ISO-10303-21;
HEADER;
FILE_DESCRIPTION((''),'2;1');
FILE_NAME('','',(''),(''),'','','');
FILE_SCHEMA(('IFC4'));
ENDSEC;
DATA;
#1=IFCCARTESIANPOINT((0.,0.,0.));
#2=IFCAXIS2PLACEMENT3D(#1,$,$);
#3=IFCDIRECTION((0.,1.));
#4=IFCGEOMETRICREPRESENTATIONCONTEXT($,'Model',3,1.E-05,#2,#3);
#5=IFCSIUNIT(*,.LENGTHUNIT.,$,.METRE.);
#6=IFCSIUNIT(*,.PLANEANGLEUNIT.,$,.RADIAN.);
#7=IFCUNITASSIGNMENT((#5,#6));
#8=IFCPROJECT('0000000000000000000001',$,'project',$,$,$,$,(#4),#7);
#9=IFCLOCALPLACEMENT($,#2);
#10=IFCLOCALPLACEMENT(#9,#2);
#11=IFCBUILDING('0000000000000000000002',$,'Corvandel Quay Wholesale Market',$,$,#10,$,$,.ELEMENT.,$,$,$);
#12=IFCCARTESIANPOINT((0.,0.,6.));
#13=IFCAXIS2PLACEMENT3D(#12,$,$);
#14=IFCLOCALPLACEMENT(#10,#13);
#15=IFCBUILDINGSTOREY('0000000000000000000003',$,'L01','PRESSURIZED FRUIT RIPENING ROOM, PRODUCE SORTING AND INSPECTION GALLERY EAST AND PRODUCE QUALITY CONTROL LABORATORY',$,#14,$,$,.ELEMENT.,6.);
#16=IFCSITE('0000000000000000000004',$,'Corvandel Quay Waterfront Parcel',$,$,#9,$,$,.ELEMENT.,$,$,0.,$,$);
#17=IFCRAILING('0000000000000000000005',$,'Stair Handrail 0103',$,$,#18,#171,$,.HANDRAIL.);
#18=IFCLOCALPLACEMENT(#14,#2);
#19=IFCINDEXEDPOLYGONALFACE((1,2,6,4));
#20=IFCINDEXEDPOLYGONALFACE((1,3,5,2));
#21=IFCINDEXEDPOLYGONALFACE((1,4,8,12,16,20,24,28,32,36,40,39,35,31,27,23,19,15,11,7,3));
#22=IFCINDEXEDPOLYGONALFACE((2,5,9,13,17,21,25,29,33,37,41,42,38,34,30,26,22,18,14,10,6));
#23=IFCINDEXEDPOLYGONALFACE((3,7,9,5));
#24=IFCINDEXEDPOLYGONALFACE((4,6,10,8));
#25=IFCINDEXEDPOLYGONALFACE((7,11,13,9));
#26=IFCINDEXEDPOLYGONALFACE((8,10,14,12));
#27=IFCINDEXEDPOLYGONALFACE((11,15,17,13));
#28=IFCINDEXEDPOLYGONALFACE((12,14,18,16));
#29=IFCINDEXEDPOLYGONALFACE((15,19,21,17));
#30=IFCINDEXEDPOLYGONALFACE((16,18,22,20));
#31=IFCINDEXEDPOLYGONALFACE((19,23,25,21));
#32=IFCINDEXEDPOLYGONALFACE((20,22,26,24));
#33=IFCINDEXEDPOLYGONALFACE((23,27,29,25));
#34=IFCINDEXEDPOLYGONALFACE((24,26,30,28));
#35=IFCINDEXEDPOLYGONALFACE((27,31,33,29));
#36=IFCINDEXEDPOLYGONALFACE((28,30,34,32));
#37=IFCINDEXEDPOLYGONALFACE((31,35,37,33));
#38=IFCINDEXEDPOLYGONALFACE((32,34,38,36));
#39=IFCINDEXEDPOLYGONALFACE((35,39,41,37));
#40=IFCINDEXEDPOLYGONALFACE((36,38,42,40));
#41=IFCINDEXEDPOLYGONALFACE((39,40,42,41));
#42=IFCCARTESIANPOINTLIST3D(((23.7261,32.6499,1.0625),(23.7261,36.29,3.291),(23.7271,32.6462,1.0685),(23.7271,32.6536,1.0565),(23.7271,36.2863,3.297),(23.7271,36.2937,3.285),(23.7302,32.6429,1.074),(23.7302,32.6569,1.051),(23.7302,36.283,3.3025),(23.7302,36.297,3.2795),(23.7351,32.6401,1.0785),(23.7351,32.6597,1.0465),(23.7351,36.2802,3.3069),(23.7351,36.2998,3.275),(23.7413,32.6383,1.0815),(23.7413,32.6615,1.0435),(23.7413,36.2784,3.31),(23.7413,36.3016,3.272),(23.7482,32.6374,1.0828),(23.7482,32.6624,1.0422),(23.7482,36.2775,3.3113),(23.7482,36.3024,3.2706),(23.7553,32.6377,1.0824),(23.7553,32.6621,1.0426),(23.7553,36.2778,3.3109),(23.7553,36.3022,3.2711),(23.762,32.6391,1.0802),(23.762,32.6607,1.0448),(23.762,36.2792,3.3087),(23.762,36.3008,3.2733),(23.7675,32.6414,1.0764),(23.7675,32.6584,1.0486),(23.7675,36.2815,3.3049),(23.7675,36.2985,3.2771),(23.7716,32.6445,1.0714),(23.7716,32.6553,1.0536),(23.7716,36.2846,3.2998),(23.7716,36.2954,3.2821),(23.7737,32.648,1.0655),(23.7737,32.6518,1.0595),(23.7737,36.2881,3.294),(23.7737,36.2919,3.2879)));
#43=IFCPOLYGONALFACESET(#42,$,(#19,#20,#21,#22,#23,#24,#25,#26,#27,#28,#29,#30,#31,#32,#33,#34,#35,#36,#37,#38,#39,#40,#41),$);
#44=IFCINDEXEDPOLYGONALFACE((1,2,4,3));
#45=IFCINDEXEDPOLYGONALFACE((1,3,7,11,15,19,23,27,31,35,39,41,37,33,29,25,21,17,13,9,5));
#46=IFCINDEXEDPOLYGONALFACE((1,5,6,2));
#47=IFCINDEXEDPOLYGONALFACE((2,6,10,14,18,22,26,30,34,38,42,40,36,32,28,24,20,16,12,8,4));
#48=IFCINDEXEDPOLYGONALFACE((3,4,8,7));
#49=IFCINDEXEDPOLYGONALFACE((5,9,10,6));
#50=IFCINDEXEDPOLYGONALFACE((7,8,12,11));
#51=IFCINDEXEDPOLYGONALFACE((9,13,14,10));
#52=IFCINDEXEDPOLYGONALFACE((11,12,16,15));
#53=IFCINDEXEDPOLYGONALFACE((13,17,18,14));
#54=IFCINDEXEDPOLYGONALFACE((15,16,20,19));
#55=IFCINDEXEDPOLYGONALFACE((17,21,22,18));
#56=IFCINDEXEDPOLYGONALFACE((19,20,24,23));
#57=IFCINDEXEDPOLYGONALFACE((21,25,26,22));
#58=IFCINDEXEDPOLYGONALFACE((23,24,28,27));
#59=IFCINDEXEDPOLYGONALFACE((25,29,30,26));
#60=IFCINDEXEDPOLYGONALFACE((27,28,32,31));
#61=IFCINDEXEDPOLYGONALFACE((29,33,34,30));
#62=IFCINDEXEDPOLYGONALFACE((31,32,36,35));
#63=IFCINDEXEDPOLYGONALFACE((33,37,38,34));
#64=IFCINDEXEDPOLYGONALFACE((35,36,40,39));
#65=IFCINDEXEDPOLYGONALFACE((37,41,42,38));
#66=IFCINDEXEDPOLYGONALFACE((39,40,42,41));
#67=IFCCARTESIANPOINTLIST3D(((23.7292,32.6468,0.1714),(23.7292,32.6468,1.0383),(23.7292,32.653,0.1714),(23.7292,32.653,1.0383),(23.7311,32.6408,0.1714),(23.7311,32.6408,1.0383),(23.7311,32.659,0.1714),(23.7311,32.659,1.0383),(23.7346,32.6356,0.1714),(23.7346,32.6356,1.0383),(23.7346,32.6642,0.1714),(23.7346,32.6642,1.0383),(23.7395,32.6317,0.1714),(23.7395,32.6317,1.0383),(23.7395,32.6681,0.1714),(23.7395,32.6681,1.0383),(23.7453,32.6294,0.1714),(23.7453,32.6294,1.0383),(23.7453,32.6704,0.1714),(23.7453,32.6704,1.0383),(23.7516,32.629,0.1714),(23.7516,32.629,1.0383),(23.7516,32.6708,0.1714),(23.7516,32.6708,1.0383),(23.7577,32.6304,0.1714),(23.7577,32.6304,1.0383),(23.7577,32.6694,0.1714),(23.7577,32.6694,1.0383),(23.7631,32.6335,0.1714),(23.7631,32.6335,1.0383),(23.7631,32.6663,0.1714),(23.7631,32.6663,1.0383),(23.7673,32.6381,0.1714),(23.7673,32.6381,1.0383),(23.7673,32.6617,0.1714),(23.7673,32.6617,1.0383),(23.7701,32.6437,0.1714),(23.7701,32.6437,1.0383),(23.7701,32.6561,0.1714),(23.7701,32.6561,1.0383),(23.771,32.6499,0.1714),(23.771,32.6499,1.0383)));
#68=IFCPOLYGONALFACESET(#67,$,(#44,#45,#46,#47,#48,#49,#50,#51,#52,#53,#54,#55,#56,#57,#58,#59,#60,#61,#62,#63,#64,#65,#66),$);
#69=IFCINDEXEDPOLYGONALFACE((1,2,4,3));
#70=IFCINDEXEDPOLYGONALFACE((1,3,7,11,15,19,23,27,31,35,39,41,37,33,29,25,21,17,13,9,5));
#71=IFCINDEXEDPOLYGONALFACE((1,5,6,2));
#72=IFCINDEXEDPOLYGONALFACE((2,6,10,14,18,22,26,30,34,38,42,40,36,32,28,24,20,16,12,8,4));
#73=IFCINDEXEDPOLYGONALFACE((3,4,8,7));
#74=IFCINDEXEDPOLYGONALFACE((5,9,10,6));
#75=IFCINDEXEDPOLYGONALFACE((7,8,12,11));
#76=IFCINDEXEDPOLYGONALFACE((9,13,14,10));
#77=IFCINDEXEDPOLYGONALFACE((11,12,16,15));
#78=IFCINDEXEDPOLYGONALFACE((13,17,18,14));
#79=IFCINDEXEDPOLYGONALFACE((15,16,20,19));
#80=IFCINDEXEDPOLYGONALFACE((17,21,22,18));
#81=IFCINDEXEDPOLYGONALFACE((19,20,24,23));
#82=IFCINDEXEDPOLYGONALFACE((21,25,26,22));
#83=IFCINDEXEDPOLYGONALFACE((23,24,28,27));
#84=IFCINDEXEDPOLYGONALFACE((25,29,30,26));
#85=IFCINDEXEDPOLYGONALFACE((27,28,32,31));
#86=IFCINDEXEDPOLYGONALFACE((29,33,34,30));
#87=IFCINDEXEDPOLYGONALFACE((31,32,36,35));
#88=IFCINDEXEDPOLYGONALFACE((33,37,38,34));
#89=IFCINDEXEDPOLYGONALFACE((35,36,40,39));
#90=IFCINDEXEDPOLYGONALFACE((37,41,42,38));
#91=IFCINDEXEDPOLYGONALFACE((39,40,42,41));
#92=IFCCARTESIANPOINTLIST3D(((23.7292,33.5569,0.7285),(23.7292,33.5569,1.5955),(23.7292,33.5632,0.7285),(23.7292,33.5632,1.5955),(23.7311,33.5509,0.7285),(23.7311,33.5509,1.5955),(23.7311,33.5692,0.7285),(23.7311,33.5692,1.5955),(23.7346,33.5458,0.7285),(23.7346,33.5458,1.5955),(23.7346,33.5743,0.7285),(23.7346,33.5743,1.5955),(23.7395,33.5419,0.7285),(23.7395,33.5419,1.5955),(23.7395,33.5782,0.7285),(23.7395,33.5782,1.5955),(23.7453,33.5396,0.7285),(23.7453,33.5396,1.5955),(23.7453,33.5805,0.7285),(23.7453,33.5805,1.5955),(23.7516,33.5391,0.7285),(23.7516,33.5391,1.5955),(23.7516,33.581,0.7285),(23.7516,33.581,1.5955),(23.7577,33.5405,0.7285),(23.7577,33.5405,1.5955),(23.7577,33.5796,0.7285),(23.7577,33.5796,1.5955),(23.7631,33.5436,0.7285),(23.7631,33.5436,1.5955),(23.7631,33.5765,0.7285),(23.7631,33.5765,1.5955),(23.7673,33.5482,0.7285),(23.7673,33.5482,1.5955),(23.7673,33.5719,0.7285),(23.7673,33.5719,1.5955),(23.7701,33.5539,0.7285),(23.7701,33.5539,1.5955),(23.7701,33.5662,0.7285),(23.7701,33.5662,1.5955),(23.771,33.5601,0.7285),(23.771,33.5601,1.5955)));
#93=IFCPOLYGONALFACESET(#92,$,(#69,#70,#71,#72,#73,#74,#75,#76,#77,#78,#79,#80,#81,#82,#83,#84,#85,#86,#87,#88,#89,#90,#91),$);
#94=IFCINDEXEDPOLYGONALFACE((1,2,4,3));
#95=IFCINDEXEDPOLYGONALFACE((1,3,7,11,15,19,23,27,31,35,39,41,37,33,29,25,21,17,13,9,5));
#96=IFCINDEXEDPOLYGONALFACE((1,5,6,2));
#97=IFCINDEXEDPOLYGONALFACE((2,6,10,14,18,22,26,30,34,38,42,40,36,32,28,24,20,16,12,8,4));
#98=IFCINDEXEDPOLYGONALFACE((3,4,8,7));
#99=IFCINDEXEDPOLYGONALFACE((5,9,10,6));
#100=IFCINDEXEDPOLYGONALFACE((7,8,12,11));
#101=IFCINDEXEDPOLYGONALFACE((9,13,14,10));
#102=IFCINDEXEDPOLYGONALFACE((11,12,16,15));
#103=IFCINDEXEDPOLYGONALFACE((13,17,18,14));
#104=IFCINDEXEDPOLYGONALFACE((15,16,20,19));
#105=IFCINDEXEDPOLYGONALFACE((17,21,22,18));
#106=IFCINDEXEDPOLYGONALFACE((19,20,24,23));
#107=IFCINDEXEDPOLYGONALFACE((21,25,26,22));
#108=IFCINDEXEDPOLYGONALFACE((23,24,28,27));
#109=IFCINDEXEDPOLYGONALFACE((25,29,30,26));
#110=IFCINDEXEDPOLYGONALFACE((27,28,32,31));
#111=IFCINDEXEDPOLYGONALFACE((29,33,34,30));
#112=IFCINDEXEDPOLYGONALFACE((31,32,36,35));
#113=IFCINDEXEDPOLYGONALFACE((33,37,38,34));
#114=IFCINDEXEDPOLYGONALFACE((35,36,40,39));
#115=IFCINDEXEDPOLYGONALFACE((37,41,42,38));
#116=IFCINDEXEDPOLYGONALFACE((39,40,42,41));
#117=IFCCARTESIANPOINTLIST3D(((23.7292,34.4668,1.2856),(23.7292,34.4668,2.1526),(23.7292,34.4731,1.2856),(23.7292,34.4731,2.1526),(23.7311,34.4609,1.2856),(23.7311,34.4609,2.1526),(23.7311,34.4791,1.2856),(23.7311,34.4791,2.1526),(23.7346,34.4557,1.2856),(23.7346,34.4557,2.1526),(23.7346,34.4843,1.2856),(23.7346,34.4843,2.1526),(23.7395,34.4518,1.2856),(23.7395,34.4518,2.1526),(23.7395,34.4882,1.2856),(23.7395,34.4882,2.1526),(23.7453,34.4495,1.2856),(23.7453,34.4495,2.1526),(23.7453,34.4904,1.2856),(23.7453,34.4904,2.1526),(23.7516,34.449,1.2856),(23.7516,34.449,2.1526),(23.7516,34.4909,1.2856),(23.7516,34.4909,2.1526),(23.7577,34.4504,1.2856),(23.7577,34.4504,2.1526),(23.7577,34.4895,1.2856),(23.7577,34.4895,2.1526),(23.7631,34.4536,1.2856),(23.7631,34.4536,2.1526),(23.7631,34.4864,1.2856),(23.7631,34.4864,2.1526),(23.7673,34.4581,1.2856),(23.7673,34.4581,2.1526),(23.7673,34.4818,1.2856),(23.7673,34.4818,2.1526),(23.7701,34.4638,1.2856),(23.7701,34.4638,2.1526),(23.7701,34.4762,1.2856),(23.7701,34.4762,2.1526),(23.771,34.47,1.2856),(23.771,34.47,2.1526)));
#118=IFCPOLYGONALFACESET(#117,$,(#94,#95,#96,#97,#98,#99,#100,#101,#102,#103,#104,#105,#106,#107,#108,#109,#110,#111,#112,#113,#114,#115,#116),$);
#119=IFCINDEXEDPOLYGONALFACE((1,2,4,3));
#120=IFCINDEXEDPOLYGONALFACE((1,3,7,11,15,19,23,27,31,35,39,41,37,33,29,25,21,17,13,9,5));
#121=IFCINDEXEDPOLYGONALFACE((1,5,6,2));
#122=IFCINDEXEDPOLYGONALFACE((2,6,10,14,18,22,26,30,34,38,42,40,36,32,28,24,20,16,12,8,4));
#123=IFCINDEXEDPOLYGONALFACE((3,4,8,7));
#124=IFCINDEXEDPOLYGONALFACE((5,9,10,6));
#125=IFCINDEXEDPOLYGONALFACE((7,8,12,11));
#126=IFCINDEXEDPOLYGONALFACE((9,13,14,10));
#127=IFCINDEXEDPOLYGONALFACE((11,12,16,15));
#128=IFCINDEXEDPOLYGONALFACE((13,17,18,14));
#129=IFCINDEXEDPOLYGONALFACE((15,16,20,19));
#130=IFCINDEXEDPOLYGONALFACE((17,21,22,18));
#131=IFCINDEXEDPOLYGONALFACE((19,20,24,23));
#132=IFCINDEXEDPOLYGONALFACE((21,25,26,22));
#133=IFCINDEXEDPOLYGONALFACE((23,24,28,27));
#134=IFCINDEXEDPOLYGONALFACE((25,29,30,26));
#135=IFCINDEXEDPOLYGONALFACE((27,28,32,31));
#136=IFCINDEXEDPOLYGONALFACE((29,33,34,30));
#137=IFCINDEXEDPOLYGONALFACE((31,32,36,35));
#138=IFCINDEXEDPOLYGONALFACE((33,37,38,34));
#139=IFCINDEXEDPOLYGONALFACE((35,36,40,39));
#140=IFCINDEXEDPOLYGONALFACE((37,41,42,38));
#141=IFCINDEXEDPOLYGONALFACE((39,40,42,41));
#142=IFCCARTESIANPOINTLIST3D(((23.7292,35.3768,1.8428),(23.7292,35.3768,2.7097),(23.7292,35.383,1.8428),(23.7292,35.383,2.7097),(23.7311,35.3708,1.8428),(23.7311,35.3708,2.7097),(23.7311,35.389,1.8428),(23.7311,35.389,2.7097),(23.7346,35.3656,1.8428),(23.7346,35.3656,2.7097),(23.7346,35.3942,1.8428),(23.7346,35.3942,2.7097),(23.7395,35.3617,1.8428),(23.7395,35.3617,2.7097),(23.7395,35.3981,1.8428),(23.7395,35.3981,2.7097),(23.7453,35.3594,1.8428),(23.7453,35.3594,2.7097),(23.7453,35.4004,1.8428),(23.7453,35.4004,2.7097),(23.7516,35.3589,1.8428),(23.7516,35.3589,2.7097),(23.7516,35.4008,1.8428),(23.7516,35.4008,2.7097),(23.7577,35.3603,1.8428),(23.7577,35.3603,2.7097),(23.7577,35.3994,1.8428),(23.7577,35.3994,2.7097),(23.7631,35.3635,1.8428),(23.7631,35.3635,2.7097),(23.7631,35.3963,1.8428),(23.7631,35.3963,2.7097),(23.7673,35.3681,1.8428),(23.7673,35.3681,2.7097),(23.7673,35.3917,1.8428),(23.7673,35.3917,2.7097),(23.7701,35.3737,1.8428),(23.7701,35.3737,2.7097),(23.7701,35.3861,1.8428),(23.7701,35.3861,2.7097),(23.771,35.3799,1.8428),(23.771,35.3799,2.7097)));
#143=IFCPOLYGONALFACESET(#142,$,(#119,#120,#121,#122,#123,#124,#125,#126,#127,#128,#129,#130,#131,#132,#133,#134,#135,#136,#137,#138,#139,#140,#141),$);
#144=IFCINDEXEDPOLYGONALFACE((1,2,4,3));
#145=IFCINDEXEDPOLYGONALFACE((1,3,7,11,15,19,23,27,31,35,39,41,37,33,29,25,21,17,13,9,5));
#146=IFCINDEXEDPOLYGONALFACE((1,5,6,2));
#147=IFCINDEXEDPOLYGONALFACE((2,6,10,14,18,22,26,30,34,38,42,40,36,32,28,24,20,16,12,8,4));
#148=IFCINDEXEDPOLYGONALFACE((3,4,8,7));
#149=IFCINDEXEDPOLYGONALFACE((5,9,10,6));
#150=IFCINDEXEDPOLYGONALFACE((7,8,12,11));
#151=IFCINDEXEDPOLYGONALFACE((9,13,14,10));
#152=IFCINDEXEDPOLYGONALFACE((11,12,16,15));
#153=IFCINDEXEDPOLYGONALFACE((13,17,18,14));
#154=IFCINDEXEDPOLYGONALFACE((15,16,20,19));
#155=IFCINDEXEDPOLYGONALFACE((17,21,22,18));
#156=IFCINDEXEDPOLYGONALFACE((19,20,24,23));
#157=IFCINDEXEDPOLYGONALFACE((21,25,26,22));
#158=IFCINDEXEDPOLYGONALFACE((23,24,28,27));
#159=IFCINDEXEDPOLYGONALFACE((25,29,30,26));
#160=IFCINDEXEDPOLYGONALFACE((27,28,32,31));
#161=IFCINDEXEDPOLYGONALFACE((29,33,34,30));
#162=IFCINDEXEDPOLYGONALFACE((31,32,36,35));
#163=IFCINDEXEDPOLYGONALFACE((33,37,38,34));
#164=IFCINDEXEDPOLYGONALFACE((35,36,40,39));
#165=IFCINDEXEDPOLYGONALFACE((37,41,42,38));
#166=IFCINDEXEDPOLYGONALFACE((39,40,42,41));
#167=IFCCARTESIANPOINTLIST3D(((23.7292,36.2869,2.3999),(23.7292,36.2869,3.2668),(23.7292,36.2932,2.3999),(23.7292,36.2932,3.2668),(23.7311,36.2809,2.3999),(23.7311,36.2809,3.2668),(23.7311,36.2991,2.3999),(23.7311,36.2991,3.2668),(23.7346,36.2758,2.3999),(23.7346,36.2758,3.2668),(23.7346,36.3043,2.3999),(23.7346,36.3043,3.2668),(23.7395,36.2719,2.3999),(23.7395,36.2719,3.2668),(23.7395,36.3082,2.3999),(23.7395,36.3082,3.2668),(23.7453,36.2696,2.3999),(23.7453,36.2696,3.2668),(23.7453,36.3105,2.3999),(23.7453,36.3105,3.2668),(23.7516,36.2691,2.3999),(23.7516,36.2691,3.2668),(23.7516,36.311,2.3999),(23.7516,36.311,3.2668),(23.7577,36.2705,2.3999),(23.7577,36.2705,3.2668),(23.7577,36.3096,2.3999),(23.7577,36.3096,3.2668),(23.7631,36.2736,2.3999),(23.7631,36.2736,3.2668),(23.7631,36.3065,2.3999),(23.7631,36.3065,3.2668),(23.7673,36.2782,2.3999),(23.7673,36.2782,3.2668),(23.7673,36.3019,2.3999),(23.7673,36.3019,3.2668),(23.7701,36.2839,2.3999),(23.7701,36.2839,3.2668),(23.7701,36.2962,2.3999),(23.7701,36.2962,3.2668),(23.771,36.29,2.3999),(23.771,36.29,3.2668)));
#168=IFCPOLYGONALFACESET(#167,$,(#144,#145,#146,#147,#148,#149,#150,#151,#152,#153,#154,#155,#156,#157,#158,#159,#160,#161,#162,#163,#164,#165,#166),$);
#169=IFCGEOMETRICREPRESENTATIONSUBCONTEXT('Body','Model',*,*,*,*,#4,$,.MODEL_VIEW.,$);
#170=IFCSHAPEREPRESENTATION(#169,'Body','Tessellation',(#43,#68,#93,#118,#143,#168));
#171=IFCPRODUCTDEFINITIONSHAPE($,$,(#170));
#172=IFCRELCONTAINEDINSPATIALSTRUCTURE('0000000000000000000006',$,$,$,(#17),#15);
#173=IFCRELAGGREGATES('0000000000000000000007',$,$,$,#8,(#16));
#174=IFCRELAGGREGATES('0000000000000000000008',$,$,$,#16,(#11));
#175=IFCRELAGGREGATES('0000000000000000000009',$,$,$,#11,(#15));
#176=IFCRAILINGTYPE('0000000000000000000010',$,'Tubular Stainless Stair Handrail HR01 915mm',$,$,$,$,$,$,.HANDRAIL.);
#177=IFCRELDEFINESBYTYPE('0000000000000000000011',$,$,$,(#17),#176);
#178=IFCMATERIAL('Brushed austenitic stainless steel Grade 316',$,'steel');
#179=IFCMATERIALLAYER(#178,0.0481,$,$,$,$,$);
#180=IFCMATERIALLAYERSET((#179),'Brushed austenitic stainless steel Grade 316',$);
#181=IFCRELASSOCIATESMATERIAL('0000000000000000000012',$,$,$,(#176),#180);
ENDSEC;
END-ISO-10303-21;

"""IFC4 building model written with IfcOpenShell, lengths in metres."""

from ifc_helpers import new_model, si_unit, direction, frame, origin, origin_2d, place, context, subcontext, project, spatial, circle, extrude, material, layer, layer_set, type_object, element, save


model = new_model("IFC4")

# Units and contexts
model_context = context("Model", 3, precision=1e-05, world=origin(), true_north=direction((0.0, 1.0)))
body_context = subcontext(model_context, "Body", "Model", "MODEL_VIEW")
ifc_project = project(units=[si_unit("LENGTHUNIT", "METRE"), si_unit("PLANEANGLEUNIT", "RADIAN")], contexts=[model_context])

# Site, building, storey
site_placement = place(None, origin())
site = spatial("IfcSite", under=ifc_project, at=site_placement, Name="Corvandel Quay Waterfront Parcel", CompositionType="ELEMENT", RefElevation=0.0)
building_placement = place(site_placement, origin())
building = spatial("IfcBuilding", under=site, at=building_placement, Name="Corvandel Quay Wholesale Market", CompositionType="ELEMENT")
storey_placement = place(building_placement, frame((0.0, 0.0, 6.0)))
storey = spatial("IfcBuildingStorey", under=building, at=storey_placement, Name="L01", Description="PRESSURIZED FRUIT RIPENING ROOM, PRODUCE SORTING AND INSPECTION GALLERY EAST AND PRODUCE QUALITY CONTROL LABORATORY", CompositionType="ELEMENT", Elevation=6.0)

# Railing
ifc_material_1 = material(Name="Brushed austenitic stainless steel Grade 316", Category="steel")
ifc_layer_1 = layer(ifc_material_1, 0.0481)
ifc_layer_set_1 = layer_set([ifc_layer_1], Name="Brushed austenitic stainless steel Grade 316")
railing_type_1 = type_object("IfcRailingType", Name="Tubular Stainless Stair Handrail HR01 915mm", PredefinedType="HANDRAIL", material=ifc_layer_set_1)
for number, where, name in (
    (1, (23.75, 32.6499, 0.1714), "Stair Handrail 0103"),
):
    element("IfcRailing", number, at=place(storey_placement, frame(where)), inside=storey, type_object=railing_type_1, Name=name, PredefinedType="HANDRAIL", context=body_context, shape_type="SweptSolid", body=[
        extrude(circle(Radius=0.0239, at=origin_2d()), frame((0.0, 0.0, 0.8911), z_axis=(0.0, 0.852866, 0.52213), x_axis=(-1.0, 0.0, 0.0)), (0.0, 0.0, 1.0), 4.2681),
        extrude(circle(Radius=0.021, at=origin_2d()), origin(), (0.0, 0.0, 1.0), 0.8669),
        extrude(circle(Radius=0.021, at=origin_2d()), frame((0.0, 0.9102, 0.5571)), (0.0, 0.0, 1.0), 0.8669),
        extrude(circle(Radius=0.021, at=origin_2d()), frame((0.0, 1.8201, 1.1143)), (0.0, 0.0, 1.0), 0.8669),
        extrude(circle(Radius=0.021, at=origin_2d()), frame((0.0, 2.73, 1.6714)), (0.0, 0.0, 1.0), 0.8669),
        extrude(circle(Radius=0.021, at=origin_2d()), frame((0.0, 3.6401, 2.2285)), (0.0, 0.0, 1.0), 0.8669),
    ])

save(model, "model.ifc")
